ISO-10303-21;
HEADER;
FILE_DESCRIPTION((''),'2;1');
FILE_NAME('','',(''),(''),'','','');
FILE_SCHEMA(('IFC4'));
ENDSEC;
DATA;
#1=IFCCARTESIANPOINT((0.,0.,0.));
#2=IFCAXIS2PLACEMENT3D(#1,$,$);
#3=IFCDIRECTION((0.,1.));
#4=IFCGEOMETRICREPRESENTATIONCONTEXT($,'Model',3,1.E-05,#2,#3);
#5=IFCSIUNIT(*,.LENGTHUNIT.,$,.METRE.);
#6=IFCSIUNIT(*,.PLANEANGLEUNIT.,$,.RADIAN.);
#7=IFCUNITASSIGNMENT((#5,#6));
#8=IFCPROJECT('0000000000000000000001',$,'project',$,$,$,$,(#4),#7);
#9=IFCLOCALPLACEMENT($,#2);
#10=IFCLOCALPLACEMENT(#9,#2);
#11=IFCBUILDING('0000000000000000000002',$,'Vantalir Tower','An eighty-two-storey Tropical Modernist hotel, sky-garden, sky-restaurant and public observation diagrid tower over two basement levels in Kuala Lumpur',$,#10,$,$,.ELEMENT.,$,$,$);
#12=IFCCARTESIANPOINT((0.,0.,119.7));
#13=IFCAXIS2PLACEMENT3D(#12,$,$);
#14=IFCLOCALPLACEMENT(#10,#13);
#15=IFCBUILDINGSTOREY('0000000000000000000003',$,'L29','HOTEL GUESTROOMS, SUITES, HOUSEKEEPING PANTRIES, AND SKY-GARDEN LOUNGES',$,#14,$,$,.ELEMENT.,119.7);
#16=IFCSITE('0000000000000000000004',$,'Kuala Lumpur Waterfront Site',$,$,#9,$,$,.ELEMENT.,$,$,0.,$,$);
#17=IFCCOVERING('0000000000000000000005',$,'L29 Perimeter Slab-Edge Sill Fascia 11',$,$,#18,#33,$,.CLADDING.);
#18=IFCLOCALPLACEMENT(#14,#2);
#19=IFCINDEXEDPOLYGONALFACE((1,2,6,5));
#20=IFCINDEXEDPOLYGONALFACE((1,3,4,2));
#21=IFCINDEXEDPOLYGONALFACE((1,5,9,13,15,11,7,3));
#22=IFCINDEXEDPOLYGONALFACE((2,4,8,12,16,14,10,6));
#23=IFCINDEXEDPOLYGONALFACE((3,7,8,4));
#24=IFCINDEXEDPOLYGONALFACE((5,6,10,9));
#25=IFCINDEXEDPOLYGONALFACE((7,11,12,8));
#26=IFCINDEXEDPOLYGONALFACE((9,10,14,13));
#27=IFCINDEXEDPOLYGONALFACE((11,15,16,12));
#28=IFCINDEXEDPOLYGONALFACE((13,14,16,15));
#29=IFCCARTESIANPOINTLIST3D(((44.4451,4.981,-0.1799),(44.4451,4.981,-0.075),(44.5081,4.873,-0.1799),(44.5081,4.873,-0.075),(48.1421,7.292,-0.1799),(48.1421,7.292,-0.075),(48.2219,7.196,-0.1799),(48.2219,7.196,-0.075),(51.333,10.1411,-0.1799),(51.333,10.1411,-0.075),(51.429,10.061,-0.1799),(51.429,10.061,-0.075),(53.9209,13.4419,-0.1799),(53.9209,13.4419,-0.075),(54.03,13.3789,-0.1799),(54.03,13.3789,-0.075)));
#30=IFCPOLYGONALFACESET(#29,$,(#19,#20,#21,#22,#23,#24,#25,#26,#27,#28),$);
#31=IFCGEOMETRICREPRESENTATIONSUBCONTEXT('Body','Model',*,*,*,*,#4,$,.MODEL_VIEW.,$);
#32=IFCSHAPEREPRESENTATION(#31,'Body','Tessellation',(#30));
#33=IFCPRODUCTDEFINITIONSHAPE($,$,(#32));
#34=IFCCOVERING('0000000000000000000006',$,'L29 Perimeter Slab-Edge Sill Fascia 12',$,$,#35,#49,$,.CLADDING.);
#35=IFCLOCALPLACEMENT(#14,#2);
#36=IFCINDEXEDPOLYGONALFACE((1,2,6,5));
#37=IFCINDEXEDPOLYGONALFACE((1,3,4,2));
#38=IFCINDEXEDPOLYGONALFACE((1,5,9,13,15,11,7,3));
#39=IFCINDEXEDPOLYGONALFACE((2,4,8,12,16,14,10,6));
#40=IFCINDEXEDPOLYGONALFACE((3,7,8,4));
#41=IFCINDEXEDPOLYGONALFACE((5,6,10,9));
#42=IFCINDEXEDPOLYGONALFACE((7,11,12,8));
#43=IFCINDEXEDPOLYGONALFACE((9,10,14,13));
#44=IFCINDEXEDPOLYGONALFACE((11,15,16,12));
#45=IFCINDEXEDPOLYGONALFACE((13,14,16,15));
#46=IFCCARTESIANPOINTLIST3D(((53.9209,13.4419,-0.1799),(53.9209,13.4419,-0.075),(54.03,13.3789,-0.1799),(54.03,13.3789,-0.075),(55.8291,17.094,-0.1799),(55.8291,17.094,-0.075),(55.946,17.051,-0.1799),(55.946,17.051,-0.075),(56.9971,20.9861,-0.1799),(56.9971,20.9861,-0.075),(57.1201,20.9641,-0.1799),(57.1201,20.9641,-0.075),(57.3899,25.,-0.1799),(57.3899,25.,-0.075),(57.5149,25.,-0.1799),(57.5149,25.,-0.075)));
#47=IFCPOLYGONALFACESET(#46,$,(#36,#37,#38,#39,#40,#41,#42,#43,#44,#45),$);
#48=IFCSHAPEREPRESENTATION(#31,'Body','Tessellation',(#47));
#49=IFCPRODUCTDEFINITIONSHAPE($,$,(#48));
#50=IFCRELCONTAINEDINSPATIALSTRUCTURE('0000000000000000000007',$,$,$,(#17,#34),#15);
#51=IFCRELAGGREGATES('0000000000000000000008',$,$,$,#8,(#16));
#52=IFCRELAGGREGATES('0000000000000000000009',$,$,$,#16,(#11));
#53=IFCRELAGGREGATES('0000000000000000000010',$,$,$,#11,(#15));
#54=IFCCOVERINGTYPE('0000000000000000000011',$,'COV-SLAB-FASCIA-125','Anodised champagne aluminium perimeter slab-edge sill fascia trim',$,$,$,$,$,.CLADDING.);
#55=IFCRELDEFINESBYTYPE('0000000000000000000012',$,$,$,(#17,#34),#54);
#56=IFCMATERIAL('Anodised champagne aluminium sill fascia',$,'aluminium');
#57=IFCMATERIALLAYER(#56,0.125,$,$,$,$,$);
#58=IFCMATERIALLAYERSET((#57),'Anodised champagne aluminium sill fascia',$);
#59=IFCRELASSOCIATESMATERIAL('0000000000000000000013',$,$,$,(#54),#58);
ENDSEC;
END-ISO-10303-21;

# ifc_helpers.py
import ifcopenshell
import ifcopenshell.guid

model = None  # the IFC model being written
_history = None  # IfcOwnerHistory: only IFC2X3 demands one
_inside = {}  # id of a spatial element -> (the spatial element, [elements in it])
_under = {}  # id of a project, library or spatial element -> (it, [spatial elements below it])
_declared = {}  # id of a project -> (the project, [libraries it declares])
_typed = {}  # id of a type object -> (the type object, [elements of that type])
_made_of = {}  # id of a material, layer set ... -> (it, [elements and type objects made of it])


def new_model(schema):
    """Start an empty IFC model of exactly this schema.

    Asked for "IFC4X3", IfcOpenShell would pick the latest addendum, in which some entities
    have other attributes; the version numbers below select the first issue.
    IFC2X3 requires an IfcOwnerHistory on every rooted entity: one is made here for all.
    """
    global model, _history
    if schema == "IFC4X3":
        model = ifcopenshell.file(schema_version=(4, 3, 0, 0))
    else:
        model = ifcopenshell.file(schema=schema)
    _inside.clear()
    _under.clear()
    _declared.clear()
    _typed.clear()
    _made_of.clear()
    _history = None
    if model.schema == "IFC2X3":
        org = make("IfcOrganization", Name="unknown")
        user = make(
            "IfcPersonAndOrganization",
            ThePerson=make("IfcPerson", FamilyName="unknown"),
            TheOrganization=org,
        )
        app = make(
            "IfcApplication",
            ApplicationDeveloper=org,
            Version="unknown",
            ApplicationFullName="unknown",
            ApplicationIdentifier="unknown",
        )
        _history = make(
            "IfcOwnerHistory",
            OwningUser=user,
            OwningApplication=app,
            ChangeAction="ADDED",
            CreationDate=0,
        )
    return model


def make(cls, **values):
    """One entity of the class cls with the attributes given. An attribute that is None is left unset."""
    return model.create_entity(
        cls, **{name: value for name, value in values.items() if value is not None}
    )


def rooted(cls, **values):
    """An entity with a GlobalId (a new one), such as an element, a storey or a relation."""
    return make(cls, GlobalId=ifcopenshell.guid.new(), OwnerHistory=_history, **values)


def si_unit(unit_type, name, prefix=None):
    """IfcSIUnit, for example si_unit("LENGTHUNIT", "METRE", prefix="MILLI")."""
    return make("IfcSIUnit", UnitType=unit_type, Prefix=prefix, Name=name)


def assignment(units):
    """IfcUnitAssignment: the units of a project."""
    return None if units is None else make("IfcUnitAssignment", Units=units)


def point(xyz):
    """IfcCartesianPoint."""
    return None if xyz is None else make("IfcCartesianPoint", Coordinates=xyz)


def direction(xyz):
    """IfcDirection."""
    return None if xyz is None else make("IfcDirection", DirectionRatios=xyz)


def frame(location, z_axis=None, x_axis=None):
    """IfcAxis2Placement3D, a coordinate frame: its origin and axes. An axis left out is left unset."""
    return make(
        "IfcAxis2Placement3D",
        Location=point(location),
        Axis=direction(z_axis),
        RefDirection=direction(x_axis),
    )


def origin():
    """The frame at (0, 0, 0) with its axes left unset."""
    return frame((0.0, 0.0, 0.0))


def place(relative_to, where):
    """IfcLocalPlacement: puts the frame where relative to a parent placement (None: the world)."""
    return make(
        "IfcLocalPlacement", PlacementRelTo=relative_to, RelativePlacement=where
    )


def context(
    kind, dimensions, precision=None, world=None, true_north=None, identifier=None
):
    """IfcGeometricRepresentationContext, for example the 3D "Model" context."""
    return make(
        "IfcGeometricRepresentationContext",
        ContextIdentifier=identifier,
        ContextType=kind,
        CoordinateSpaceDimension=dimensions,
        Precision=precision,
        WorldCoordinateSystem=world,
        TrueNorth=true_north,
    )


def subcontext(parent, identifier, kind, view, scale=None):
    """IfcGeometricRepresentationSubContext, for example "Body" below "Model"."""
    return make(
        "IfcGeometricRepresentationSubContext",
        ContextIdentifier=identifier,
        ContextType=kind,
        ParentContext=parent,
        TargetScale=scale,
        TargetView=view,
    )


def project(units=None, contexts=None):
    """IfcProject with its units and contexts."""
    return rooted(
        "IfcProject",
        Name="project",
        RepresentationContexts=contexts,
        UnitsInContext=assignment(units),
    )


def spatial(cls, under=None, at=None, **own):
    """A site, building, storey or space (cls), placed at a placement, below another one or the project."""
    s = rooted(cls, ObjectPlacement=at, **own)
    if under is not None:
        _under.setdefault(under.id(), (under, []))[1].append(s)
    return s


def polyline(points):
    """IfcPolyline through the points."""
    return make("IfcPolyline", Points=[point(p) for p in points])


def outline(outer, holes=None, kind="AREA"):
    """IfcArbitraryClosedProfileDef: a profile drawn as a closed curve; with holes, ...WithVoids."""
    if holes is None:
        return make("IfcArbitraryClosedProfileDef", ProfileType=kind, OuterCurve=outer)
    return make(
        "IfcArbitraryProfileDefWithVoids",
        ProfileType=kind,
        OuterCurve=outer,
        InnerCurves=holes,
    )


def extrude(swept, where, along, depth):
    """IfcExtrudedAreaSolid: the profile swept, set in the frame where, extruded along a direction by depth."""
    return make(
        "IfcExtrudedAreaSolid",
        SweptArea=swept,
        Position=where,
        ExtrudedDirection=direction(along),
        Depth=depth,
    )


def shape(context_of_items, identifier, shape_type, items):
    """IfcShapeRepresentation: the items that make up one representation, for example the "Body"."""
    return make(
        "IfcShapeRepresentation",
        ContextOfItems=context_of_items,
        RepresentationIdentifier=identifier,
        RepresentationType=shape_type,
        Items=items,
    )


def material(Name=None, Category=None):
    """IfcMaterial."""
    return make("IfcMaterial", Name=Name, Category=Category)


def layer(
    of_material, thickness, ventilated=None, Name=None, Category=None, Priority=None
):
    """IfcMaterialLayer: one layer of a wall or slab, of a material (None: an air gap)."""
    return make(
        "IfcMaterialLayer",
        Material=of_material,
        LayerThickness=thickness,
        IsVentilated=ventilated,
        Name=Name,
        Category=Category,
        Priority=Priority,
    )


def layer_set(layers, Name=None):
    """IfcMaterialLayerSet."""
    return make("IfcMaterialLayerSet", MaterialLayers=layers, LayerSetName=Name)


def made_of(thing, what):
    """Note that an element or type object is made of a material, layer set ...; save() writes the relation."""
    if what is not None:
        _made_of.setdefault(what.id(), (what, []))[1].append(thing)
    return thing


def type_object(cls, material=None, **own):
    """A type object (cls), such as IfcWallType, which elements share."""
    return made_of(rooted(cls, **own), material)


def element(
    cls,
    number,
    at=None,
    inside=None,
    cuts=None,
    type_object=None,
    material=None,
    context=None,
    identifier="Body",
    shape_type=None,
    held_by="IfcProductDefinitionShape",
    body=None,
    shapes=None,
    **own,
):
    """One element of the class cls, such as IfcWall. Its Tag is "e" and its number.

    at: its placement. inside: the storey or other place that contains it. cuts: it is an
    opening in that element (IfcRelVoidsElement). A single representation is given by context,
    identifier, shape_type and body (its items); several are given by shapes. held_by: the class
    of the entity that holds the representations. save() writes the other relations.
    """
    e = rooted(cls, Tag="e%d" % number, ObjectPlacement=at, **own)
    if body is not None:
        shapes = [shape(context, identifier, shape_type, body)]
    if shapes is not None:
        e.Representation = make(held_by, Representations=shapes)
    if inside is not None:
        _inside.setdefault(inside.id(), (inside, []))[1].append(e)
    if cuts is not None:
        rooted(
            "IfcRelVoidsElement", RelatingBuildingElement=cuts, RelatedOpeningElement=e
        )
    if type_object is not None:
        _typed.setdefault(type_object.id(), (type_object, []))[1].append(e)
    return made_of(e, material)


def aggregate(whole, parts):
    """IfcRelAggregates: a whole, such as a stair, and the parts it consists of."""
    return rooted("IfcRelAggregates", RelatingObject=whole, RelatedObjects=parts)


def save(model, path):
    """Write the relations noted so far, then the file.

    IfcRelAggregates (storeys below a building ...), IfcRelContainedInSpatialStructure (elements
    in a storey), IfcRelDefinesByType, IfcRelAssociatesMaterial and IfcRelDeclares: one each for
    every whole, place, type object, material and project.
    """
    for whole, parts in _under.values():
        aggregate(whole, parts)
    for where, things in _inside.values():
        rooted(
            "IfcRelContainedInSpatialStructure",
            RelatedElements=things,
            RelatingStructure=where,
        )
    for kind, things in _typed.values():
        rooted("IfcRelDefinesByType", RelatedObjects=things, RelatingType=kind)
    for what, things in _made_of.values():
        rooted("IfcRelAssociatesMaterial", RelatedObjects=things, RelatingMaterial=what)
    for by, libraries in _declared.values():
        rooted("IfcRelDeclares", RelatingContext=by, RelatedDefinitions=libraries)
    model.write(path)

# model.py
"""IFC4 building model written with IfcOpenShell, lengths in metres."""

from ifc_helpers import new_model, si_unit, direction, frame, origin, place, context, subcontext, project, spatial, polyline, outline, extrude, material, layer, layer_set, type_object, element, save


model = new_model("IFC4")

# Units and contexts
model_context = context("Model", 3, precision=1e-05, world=origin(), true_north=direction((0.0, 1.0)))
body_context = subcontext(model_context, "Body", "Model", "MODEL_VIEW")
ifc_project = project(units=[si_unit("LENGTHUNIT", "METRE"), si_unit("PLANEANGLEUNIT", "RADIAN")], contexts=[model_context])

# Site, building, storey
site_placement = place(None, origin())
site = spatial("IfcSite", under=ifc_project, at=site_placement, Name="Kuala Lumpur Waterfront Site", CompositionType="ELEMENT", RefElevation=0.0)
building_placement = place(site_placement, origin())
building = spatial("IfcBuilding", under=site, at=building_placement, Name="Vantalir Tower", Description="An eighty-two-storey Tropical Modernist hotel, sky-garden, sky-restaurant and public observation diagrid tower over two basement levels in Kuala Lumpur", CompositionType="ELEMENT")
storey_placement = place(building_placement, frame((0.0, 0.0, 119.7)))
storey = spatial("IfcBuildingStorey", under=building, at=storey_placement, Name="L29", Description="HOTEL GUESTROOMS, SUITES, HOUSEKEEPING PANTRIES, AND SKY-GARDEN LOUNGES", CompositionType="ELEMENT", Elevation=119.7)

# Coverings
ifc_material_1 = material(Name="Anodised champagne aluminium sill fascia", Category="aluminium")
ifc_layer_1 = layer(ifc_material_1, 0.125)
ifc_layer_set_1 = layer_set([ifc_layer_1], Name="Anodised champagne aluminium sill fascia")
covering_type = type_object("IfcCoveringType", Name="COV-SLAB-FASCIA-125", Description="Anodised champagne aluminium perimeter slab-edge sill fascia trim", PredefinedType="CLADDING", material=ifc_layer_set_1)
covering_1_placement = place(storey_placement, frame((0.0, 0.0, -0.1799)))
element("IfcCovering", 1, at=covering_1_placement, inside=storey, type_object=covering_type, Name="L29 Perimeter Slab-Edge Sill Fascia 11", PredefinedType="CLADDING", context=body_context, shape_type="SweptSolid", body=[
    extrude(outline(polyline([(44.5081, 4.873), (48.2219, 7.196), (51.429, 10.061), (54.03, 13.3789), (53.9209, 13.4419), (51.333, 10.1411), (48.1421, 7.292), (44.4451, 4.981), (44.5081, 4.873)])), origin(), (0.0, 0.0, 1.0), 0.105),
])
covering_2_placement = place(storey_placement, frame((0.0, 0.0, -0.1799)))
element("IfcCovering", 2, at=covering_2_placement, inside=storey, type_object=covering_type, Name="L29 Perimeter Slab-Edge Sill Fascia 12", PredefinedType="CLADDING", context=body_context, shape_type="SweptSolid", body=[
    extrude(outline(polyline([(54.03, 13.3789), (55.946, 17.051), (57.1201, 20.9641), (57.5149, 25.0), (57.3899, 25.0), (56.9971, 20.9861), (55.8291, 17.094), (53.9209, 13.4419), (54.03, 13.3789)])), origin(), (0.0, 0.0, 1.0), 0.105),
])

save(model, "model.ifc")
